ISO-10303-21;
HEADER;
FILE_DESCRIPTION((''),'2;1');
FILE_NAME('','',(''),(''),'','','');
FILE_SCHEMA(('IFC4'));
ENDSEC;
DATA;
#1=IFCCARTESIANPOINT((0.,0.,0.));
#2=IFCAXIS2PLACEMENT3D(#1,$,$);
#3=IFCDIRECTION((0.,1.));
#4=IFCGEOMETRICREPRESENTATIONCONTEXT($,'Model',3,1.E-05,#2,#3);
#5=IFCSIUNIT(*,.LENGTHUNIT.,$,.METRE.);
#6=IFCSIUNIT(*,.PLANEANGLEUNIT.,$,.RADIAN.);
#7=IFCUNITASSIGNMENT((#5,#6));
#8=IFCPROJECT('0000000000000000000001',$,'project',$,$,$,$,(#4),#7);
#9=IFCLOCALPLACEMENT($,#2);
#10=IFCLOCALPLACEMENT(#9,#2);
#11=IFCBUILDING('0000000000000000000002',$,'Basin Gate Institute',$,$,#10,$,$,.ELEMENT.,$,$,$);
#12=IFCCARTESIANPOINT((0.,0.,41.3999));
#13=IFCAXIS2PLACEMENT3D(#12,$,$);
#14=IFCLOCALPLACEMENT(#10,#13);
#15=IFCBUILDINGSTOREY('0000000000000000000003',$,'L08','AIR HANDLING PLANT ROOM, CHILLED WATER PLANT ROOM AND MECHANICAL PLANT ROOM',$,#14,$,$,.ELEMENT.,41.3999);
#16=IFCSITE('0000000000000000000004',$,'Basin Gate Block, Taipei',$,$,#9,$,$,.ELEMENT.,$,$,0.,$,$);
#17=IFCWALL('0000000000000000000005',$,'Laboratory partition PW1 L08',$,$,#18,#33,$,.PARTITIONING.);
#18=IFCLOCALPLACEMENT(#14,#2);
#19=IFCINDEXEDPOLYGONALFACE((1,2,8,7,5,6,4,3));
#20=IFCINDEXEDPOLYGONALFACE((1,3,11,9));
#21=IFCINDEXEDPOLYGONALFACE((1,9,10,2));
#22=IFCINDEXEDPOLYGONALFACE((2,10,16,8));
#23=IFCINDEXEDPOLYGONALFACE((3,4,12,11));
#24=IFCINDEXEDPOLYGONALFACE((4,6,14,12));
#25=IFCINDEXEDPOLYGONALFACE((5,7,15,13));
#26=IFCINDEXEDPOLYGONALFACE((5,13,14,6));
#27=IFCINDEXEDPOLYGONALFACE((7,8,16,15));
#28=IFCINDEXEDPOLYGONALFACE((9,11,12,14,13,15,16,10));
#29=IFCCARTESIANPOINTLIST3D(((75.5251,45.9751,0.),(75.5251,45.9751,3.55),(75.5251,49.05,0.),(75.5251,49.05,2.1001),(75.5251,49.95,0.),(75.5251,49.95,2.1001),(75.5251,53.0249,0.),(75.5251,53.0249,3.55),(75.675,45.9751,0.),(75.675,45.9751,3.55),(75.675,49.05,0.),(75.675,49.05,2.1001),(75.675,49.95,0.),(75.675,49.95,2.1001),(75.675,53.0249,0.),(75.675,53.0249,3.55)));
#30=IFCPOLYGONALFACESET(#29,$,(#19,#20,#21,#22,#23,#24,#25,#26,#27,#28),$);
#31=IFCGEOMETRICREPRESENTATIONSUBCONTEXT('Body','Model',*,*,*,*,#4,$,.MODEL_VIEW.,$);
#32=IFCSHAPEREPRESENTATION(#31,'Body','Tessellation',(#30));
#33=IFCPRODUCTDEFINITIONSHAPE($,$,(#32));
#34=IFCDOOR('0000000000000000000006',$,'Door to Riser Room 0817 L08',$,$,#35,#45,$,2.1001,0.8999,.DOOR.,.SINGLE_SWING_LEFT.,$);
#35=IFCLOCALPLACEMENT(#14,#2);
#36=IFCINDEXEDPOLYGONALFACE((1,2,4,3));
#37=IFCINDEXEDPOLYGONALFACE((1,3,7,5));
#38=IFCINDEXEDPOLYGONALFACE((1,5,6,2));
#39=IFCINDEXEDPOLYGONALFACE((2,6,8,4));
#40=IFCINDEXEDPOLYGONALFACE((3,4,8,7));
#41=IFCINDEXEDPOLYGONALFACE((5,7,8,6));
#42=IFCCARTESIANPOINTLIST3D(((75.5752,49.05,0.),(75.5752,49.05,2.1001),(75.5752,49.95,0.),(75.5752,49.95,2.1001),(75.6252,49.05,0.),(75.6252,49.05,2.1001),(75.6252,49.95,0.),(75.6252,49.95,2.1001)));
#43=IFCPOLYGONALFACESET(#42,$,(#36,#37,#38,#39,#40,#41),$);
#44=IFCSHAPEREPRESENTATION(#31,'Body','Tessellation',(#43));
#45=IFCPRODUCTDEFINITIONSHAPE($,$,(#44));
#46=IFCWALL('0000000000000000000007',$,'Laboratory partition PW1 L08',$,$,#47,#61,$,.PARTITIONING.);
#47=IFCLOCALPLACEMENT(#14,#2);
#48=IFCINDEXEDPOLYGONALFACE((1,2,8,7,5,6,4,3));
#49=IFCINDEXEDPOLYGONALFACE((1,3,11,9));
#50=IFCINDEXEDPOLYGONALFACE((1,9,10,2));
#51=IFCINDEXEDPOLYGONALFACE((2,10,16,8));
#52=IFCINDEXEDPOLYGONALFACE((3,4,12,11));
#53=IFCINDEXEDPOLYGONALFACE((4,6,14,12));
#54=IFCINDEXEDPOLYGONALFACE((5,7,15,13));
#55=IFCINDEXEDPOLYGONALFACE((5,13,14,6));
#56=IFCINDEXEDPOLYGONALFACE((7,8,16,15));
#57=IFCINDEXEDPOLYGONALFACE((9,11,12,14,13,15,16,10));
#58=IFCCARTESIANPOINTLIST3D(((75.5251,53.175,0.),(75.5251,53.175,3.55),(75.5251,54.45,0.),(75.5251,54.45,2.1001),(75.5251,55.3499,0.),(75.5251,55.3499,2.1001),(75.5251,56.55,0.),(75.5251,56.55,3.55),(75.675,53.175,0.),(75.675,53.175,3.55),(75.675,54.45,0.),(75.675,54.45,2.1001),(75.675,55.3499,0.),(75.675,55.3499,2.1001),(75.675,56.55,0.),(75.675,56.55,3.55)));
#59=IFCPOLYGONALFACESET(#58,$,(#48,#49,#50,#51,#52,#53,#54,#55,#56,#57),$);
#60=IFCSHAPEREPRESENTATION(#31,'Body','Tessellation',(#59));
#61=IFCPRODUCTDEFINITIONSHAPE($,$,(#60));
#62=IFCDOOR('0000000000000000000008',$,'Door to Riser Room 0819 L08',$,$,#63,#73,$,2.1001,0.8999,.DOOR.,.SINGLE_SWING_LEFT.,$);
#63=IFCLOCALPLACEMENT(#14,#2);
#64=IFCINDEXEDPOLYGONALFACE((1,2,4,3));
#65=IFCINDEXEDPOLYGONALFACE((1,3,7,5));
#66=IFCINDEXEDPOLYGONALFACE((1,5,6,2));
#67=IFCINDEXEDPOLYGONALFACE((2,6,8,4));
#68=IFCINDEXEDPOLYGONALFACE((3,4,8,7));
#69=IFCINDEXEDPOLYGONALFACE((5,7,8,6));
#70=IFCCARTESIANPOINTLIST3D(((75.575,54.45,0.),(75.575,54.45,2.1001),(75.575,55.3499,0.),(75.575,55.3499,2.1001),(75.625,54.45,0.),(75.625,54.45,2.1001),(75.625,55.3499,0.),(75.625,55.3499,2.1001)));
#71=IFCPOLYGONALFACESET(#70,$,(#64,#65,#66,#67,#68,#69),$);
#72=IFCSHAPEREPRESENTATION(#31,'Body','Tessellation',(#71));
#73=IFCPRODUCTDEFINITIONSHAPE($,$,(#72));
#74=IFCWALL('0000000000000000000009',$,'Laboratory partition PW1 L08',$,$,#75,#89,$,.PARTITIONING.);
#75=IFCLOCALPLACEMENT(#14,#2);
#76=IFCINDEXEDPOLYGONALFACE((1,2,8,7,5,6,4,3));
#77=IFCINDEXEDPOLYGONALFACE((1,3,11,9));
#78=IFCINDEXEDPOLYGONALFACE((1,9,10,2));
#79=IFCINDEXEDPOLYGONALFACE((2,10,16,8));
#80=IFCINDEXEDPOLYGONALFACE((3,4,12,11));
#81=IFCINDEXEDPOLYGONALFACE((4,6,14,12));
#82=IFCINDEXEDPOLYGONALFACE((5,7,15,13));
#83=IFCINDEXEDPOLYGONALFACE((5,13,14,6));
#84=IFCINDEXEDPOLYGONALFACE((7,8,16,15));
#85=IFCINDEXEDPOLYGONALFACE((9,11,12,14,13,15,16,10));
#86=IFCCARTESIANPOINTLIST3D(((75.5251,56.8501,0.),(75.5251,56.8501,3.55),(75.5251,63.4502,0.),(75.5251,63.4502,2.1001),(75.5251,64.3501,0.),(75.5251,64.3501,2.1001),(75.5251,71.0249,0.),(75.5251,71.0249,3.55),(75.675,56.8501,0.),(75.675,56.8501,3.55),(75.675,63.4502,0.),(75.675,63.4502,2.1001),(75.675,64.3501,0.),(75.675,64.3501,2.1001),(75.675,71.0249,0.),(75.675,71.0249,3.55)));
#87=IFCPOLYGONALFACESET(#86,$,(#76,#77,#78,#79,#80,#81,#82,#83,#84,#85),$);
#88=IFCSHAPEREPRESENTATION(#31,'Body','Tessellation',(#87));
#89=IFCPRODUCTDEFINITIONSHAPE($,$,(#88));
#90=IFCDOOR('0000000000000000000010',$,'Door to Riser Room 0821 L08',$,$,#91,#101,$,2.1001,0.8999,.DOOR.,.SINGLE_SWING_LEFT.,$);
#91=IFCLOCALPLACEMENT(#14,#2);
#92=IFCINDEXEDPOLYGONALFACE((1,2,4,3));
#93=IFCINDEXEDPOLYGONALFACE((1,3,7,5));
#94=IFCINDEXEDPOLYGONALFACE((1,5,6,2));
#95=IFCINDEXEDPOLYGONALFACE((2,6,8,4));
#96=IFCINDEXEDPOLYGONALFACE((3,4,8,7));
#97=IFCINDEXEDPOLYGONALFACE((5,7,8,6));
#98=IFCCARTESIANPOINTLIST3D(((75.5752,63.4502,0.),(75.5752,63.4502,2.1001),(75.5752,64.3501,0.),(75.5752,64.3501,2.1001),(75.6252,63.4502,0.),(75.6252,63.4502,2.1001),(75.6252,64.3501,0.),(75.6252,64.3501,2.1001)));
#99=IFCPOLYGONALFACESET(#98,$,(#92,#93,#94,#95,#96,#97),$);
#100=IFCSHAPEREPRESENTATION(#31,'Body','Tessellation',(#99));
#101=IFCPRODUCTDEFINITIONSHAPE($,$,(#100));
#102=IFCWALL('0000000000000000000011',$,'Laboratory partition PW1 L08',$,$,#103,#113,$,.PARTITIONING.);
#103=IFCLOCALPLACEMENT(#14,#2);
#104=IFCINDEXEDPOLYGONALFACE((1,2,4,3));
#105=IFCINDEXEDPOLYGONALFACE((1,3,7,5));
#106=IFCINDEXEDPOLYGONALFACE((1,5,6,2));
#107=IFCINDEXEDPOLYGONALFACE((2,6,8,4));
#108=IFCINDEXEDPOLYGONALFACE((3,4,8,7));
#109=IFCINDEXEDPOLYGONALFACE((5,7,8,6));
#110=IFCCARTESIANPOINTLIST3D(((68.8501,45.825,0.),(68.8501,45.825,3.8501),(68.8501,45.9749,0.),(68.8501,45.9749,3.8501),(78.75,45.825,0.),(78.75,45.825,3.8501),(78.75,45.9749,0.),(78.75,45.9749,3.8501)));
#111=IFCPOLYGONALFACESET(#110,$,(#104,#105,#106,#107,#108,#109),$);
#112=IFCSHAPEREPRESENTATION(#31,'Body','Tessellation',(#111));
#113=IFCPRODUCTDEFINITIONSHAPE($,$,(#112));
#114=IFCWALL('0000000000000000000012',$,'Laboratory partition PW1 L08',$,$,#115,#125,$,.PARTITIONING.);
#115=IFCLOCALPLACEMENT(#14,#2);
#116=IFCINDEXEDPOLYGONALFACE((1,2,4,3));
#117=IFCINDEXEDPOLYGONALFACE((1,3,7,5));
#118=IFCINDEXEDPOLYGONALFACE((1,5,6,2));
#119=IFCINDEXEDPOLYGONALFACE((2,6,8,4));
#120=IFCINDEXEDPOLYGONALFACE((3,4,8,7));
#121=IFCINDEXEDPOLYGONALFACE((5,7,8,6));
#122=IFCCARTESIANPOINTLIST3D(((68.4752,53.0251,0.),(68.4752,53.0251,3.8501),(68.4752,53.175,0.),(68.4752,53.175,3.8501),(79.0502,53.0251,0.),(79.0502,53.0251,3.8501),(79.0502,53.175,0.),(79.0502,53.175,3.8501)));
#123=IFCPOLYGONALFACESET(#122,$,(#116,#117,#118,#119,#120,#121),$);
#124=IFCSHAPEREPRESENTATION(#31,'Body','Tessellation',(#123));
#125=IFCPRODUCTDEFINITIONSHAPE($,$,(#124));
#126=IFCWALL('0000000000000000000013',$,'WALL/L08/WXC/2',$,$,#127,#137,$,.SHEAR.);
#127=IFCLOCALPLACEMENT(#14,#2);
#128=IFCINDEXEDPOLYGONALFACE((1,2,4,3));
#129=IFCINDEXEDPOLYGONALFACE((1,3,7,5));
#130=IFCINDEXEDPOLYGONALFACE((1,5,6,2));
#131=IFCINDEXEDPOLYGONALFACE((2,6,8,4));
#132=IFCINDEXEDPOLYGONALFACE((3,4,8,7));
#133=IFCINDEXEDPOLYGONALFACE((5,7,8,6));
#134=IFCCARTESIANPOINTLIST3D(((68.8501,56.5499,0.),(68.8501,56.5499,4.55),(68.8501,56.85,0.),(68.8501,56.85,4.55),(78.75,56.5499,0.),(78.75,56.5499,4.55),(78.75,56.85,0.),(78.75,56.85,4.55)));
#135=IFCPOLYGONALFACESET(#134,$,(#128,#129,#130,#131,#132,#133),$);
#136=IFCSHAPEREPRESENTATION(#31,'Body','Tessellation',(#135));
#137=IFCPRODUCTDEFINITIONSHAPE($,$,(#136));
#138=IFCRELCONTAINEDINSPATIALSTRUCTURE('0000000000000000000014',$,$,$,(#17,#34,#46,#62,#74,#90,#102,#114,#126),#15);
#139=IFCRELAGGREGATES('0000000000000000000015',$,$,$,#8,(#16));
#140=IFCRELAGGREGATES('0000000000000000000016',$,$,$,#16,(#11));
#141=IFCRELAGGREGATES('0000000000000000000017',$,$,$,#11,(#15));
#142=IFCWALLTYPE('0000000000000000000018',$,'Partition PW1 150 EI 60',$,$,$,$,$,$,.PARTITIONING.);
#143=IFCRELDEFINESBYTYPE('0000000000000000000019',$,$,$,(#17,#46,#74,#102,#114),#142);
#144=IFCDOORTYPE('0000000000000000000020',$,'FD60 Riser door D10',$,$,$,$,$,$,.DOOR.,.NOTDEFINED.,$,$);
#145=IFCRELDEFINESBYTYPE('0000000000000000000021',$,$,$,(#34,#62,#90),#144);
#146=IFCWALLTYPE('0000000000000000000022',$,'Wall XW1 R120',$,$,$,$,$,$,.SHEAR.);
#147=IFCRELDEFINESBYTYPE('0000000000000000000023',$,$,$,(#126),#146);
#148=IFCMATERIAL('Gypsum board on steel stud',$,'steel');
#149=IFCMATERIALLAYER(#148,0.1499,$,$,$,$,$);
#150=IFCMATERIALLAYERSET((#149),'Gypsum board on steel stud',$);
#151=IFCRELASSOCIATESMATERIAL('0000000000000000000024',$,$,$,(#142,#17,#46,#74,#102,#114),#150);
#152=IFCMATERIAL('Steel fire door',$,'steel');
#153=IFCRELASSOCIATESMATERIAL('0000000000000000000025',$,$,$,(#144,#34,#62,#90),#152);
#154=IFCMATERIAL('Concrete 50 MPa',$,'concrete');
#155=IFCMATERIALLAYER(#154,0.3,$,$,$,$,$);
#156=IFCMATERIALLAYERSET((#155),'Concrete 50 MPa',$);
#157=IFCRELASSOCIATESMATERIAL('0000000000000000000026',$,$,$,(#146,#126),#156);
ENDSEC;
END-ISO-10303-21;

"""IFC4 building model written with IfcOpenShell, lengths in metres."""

from ifc_helpers import new_model, si_unit, direction, frame, frame_2d, origin, place, context, subcontext, project, spatial, rectangle, extrude, material, layer, layer_set, type_object, element, fill, save


model = new_model("IFC4")

# Units and contexts
model_context = context("Model", 3, precision=1e-05, world=origin(), true_north=direction((0.0, 1.0)))
body_context = subcontext(model_context, "Body", "Model", "MODEL_VIEW")
ifc_project = project(units=[si_unit("LENGTHUNIT", "METRE"), si_unit("PLANEANGLEUNIT", "RADIAN")], contexts=[model_context])

# Site, building, storey
site_placement = place(None, origin())
site = spatial("IfcSite", under=ifc_project, at=site_placement, Name="Basin Gate Block, Taipei", CompositionType="ELEMENT", RefElevation=0.0)
building_placement = place(site_placement, origin())
building = spatial("IfcBuilding", under=site, at=building_placement, Name="Basin Gate Institute", CompositionType="ELEMENT")
storey_placement = place(building_placement, frame((0.0, 0.0, 41.3999)))
storey = spatial("IfcBuildingStorey", under=building, at=storey_placement, Name="L08", Description="AIR HANDLING PLANT ROOM, CHILLED WATER PLANT ROOM AND MECHANICAL PLANT ROOM", CompositionType="ELEMENT", Elevation=41.3999)

# Walls, openings, doors
ifc_material_1 = material(Name="Gypsum board on steel stud", Category="steel")
ifc_layer_1 = layer(ifc_material_1, 0.1499)
ifc_layer_set_1 = layer_set([ifc_layer_1], Name="Gypsum board on steel stud")
wall_type_1 = type_object("IfcWallType", Name="Partition PW1 150 EI 60", PredefinedType="PARTITIONING", material=ifc_layer_set_1)
wall_1_placement = place(storey_placement, frame((75.6001, 45.9751, 0.0), z_axis=(0.0, 0.0, 1.0), x_axis=(0.0, 1.0, 0.0)))
wall_1 = element("IfcWall", 1, at=wall_1_placement, inside=storey, type_object=wall_type_1, material=ifc_layer_set_1, Name="Laboratory partition PW1 L08", PredefinedType="PARTITIONING", context=body_context, shape_type="SweptSolid", body=[
    extrude(rectangle(XDim=7.0498, YDim=0.1499, at=frame_2d((3.5249, 0.0))), origin(), (0.0, 0.0, 1.0), 3.55),
])
opening_1_placement = place(wall_1_placement, frame((3.075, 0.0, 0.0)))
opening_1 = element("IfcOpeningElement", 2, at=opening_1_placement, cuts=wall_1, PredefinedType="OPENING", context=body_context, shape_type="SweptSolid", body=[
    extrude(rectangle(XDim=0.8999, YDim=2.1001, at=frame_2d((0.45, 1.05))), frame((0.0, 0.085, 0.0), z_axis=(0.0, -1.0, 0.0), x_axis=(1.0, 0.0, 0.0)), (0.0, 0.0, 1.0), 0.1699),
])
ifc_material_2 = material(Name="Steel fire door", Category="steel")
door_type_1 = type_object("IfcDoorType", Name="FD60 Riser door D10", OperationType="NOTDEFINED", PredefinedType="DOOR", material=ifc_material_2)
door_1_placement = place(opening_1_placement, origin())
door_1 = element("IfcDoor", 3, at=door_1_placement, inside=storey, type_object=door_type_1, material=ifc_material_2, Name="Door to Riser Room 0817 L08", OperationType="SINGLE_SWING_LEFT", OverallHeight=2.1001, OverallWidth=0.8999, PredefinedType="DOOR", context=body_context, shape_type="SweptSolid", body=[
    extrude(rectangle(XDim=0.8999, YDim=2.1001, at=frame_2d((0.45, 1.05))), frame((0.0, 0.0249, 0.0), z_axis=(0.0, -1.0, 0.0), x_axis=(1.0, 0.0, 0.0)), (0.0, 0.0, 1.0), 0.05),
])
fill(opening_1, door_1)
wall_2_placement = place(storey_placement, frame((75.6001, 53.175, 0.0), z_axis=(0.0, 0.0, 1.0), x_axis=(0.0, 1.0, 0.0)))
wall_2 = element("IfcWall", 4, at=wall_2_placement, inside=storey, type_object=wall_type_1, material=ifc_layer_set_1, Name="Laboratory partition PW1 L08", PredefinedType="PARTITIONING", context=body_context, shape_type="SweptSolid", body=[
    extrude(rectangle(XDim=3.375, YDim=0.1499, at=frame_2d((1.6875, 0.0))), origin(), (0.0, 0.0, 1.0), 3.55),
])
opening_2_placement = place(wall_2_placement, frame((1.2749, 0.0, 0.0)))
opening_2 = element("IfcOpeningElement", 5, at=opening_2_placement, cuts=wall_2, PredefinedType="OPENING", context=body_context, shape_type="SweptSolid", body=[
    extrude(rectangle(XDim=0.8999, YDim=2.1001, at=frame_2d((0.45, 1.05))), frame((0.0, 0.085, 0.0), z_axis=(0.0, -1.0, 0.0), x_axis=(1.0, 0.0, 0.0)), (0.0, 0.0, 1.0), 0.1699),
])
door_2_placement = place(opening_2_placement, frame((0.8999, 0.0, 0.0), z_axis=(0.0, 0.0, 1.0), x_axis=(-1.0, 0.0, 0.0)))
door_2 = element("IfcDoor", 6, at=door_2_placement, inside=storey, type_object=door_type_1, material=ifc_material_2, Name="Door to Riser Room 0819 L08", OperationType="SINGLE_SWING_LEFT", OverallHeight=2.1001, OverallWidth=0.8999, PredefinedType="DOOR", context=body_context, shape_type="SweptSolid", body=[
    extrude(rectangle(XDim=0.8999, YDim=2.1001, at=frame_2d((0.45, 1.05))), frame((0.0, 0.0249, 0.0), z_axis=(0.0, -1.0, 0.0), x_axis=(1.0, 0.0, 0.0)), (0.0, 0.0, 1.0), 0.05),
])
fill(opening_2, door_2)
wall_3_placement = place(storey_placement, frame((75.6001, 56.8501, 0.0), z_axis=(0.0, 0.0, 1.0), x_axis=(0.0, 1.0, 0.0)))
wall_3 = element("IfcWall", 7, at=wall_3_placement, inside=storey, type_object=wall_type_1, material=ifc_layer_set_1, Name="Laboratory partition PW1 L08", PredefinedType="PARTITIONING", context=body_context, shape_type="SweptSolid", body=[
    extrude(rectangle(XDim=14.1748, YDim=0.1499, at=frame_2d((7.0874, 0.0))), origin(), (0.0, 0.0, 1.0), 3.55),
])
opening_3_placement = place(wall_3_placement, frame((6.6001, 0.0, 0.0)))
opening_3 = element("IfcOpeningElement", 8, at=opening_3_placement, cuts=wall_3, PredefinedType="OPENING", context=body_context, shape_type="SweptSolid", body=[
    extrude(rectangle(XDim=0.8999, YDim=2.1001, at=frame_2d((0.45, 1.05))), frame((0.0, 0.085, 0.0), z_axis=(0.0, -1.0, 0.0), x_axis=(1.0, 0.0, 0.0)), (0.0, 0.0, 1.0), 0.1699),
])
door_3_placement = place(opening_3_placement, origin())
door_3 = element("IfcDoor", 9, at=door_3_placement, inside=storey, type_object=door_type_1, material=ifc_material_2, Name="Door to Riser Room 0821 L08", OperationType="SINGLE_SWING_LEFT", OverallHeight=2.1001, OverallWidth=0.8999, PredefinedType="DOOR", context=body_context, shape_type="SweptSolid", body=[
    extrude(rectangle(XDim=0.8999, YDim=2.1001, at=frame_2d((0.45, 1.05))), frame((0.0, 0.0249, 0.0), z_axis=(0.0, -1.0, 0.0), x_axis=(1.0, 0.0, 0.0)), (0.0, 0.0, 1.0), 0.05),
])
fill(opening_3, door_3)

# Walls
wall_4_placement = place(storey_placement, frame((68.8501, 45.8999, 0.0), z_axis=(0.0, 0.0, 1.0), x_axis=(1.0, 0.0, 0.0)))
element("IfcWall", 10, at=wall_4_placement, inside=storey, type_object=wall_type_1, material=ifc_layer_set_1, Name="Laboratory partition PW1 L08", PredefinedType="PARTITIONING", context=body_context, shape_type="SweptSolid", body=[
    extrude(rectangle(XDim=9.8999, YDim=0.1499, at=frame_2d((4.95, 0.0))), origin(), (0.0, 0.0, 1.0), 3.8501),
])
wall_5_placement = place(storey_placement, frame((68.4751, 53.1001, 0.0), z_axis=(0.0, 0.0, 1.0), x_axis=(1.0, 0.0, 0.0)))
element("IfcWall", 11, at=wall_5_placement, inside=storey, type_object=wall_type_1, material=ifc_layer_set_1, Name="Laboratory partition PW1 L08", PredefinedType="PARTITIONING", context=body_context, shape_type="SweptSolid", body=[
    extrude(rectangle(XDim=10.575, YDim=0.1499, at=frame_2d((5.2876, 0.0))), origin(), (0.0, 0.0, 1.0), 3.8501),
])
ifc_material_3 = material(Name="Concrete 50 MPa", Category="concrete")
ifc_layer_2 = layer(ifc_material_3, 0.3)
ifc_layer_set_2 = layer_set([ifc_layer_2], Name="Concrete 50 MPa")
wall_type_2 = type_object("IfcWallType", Name="Wall XW1 R120", PredefinedType="SHEAR", material=ifc_layer_set_2)
wall_6_placement = place(storey_placement, frame((68.8501, 56.7, 0.0), z_axis=(0.0, 0.0, 1.0), x_axis=(1.0, 0.0, 0.0)))
element("IfcWall", 12, at=wall_6_placement, inside=storey, type_object=wall_type_2, material=ifc_layer_set_2, Name="WALL/L08/WXC/2", PredefinedType="SHEAR", context=body_context, shape_type="SweptSolid", body=[
    extrude(rectangle(XDim=9.8999, YDim=0.3, at=frame_2d((4.95, 0.0))), origin(), (0.0, 0.0, 1.0), 4.55),
])

save(model, "model.ifc")
